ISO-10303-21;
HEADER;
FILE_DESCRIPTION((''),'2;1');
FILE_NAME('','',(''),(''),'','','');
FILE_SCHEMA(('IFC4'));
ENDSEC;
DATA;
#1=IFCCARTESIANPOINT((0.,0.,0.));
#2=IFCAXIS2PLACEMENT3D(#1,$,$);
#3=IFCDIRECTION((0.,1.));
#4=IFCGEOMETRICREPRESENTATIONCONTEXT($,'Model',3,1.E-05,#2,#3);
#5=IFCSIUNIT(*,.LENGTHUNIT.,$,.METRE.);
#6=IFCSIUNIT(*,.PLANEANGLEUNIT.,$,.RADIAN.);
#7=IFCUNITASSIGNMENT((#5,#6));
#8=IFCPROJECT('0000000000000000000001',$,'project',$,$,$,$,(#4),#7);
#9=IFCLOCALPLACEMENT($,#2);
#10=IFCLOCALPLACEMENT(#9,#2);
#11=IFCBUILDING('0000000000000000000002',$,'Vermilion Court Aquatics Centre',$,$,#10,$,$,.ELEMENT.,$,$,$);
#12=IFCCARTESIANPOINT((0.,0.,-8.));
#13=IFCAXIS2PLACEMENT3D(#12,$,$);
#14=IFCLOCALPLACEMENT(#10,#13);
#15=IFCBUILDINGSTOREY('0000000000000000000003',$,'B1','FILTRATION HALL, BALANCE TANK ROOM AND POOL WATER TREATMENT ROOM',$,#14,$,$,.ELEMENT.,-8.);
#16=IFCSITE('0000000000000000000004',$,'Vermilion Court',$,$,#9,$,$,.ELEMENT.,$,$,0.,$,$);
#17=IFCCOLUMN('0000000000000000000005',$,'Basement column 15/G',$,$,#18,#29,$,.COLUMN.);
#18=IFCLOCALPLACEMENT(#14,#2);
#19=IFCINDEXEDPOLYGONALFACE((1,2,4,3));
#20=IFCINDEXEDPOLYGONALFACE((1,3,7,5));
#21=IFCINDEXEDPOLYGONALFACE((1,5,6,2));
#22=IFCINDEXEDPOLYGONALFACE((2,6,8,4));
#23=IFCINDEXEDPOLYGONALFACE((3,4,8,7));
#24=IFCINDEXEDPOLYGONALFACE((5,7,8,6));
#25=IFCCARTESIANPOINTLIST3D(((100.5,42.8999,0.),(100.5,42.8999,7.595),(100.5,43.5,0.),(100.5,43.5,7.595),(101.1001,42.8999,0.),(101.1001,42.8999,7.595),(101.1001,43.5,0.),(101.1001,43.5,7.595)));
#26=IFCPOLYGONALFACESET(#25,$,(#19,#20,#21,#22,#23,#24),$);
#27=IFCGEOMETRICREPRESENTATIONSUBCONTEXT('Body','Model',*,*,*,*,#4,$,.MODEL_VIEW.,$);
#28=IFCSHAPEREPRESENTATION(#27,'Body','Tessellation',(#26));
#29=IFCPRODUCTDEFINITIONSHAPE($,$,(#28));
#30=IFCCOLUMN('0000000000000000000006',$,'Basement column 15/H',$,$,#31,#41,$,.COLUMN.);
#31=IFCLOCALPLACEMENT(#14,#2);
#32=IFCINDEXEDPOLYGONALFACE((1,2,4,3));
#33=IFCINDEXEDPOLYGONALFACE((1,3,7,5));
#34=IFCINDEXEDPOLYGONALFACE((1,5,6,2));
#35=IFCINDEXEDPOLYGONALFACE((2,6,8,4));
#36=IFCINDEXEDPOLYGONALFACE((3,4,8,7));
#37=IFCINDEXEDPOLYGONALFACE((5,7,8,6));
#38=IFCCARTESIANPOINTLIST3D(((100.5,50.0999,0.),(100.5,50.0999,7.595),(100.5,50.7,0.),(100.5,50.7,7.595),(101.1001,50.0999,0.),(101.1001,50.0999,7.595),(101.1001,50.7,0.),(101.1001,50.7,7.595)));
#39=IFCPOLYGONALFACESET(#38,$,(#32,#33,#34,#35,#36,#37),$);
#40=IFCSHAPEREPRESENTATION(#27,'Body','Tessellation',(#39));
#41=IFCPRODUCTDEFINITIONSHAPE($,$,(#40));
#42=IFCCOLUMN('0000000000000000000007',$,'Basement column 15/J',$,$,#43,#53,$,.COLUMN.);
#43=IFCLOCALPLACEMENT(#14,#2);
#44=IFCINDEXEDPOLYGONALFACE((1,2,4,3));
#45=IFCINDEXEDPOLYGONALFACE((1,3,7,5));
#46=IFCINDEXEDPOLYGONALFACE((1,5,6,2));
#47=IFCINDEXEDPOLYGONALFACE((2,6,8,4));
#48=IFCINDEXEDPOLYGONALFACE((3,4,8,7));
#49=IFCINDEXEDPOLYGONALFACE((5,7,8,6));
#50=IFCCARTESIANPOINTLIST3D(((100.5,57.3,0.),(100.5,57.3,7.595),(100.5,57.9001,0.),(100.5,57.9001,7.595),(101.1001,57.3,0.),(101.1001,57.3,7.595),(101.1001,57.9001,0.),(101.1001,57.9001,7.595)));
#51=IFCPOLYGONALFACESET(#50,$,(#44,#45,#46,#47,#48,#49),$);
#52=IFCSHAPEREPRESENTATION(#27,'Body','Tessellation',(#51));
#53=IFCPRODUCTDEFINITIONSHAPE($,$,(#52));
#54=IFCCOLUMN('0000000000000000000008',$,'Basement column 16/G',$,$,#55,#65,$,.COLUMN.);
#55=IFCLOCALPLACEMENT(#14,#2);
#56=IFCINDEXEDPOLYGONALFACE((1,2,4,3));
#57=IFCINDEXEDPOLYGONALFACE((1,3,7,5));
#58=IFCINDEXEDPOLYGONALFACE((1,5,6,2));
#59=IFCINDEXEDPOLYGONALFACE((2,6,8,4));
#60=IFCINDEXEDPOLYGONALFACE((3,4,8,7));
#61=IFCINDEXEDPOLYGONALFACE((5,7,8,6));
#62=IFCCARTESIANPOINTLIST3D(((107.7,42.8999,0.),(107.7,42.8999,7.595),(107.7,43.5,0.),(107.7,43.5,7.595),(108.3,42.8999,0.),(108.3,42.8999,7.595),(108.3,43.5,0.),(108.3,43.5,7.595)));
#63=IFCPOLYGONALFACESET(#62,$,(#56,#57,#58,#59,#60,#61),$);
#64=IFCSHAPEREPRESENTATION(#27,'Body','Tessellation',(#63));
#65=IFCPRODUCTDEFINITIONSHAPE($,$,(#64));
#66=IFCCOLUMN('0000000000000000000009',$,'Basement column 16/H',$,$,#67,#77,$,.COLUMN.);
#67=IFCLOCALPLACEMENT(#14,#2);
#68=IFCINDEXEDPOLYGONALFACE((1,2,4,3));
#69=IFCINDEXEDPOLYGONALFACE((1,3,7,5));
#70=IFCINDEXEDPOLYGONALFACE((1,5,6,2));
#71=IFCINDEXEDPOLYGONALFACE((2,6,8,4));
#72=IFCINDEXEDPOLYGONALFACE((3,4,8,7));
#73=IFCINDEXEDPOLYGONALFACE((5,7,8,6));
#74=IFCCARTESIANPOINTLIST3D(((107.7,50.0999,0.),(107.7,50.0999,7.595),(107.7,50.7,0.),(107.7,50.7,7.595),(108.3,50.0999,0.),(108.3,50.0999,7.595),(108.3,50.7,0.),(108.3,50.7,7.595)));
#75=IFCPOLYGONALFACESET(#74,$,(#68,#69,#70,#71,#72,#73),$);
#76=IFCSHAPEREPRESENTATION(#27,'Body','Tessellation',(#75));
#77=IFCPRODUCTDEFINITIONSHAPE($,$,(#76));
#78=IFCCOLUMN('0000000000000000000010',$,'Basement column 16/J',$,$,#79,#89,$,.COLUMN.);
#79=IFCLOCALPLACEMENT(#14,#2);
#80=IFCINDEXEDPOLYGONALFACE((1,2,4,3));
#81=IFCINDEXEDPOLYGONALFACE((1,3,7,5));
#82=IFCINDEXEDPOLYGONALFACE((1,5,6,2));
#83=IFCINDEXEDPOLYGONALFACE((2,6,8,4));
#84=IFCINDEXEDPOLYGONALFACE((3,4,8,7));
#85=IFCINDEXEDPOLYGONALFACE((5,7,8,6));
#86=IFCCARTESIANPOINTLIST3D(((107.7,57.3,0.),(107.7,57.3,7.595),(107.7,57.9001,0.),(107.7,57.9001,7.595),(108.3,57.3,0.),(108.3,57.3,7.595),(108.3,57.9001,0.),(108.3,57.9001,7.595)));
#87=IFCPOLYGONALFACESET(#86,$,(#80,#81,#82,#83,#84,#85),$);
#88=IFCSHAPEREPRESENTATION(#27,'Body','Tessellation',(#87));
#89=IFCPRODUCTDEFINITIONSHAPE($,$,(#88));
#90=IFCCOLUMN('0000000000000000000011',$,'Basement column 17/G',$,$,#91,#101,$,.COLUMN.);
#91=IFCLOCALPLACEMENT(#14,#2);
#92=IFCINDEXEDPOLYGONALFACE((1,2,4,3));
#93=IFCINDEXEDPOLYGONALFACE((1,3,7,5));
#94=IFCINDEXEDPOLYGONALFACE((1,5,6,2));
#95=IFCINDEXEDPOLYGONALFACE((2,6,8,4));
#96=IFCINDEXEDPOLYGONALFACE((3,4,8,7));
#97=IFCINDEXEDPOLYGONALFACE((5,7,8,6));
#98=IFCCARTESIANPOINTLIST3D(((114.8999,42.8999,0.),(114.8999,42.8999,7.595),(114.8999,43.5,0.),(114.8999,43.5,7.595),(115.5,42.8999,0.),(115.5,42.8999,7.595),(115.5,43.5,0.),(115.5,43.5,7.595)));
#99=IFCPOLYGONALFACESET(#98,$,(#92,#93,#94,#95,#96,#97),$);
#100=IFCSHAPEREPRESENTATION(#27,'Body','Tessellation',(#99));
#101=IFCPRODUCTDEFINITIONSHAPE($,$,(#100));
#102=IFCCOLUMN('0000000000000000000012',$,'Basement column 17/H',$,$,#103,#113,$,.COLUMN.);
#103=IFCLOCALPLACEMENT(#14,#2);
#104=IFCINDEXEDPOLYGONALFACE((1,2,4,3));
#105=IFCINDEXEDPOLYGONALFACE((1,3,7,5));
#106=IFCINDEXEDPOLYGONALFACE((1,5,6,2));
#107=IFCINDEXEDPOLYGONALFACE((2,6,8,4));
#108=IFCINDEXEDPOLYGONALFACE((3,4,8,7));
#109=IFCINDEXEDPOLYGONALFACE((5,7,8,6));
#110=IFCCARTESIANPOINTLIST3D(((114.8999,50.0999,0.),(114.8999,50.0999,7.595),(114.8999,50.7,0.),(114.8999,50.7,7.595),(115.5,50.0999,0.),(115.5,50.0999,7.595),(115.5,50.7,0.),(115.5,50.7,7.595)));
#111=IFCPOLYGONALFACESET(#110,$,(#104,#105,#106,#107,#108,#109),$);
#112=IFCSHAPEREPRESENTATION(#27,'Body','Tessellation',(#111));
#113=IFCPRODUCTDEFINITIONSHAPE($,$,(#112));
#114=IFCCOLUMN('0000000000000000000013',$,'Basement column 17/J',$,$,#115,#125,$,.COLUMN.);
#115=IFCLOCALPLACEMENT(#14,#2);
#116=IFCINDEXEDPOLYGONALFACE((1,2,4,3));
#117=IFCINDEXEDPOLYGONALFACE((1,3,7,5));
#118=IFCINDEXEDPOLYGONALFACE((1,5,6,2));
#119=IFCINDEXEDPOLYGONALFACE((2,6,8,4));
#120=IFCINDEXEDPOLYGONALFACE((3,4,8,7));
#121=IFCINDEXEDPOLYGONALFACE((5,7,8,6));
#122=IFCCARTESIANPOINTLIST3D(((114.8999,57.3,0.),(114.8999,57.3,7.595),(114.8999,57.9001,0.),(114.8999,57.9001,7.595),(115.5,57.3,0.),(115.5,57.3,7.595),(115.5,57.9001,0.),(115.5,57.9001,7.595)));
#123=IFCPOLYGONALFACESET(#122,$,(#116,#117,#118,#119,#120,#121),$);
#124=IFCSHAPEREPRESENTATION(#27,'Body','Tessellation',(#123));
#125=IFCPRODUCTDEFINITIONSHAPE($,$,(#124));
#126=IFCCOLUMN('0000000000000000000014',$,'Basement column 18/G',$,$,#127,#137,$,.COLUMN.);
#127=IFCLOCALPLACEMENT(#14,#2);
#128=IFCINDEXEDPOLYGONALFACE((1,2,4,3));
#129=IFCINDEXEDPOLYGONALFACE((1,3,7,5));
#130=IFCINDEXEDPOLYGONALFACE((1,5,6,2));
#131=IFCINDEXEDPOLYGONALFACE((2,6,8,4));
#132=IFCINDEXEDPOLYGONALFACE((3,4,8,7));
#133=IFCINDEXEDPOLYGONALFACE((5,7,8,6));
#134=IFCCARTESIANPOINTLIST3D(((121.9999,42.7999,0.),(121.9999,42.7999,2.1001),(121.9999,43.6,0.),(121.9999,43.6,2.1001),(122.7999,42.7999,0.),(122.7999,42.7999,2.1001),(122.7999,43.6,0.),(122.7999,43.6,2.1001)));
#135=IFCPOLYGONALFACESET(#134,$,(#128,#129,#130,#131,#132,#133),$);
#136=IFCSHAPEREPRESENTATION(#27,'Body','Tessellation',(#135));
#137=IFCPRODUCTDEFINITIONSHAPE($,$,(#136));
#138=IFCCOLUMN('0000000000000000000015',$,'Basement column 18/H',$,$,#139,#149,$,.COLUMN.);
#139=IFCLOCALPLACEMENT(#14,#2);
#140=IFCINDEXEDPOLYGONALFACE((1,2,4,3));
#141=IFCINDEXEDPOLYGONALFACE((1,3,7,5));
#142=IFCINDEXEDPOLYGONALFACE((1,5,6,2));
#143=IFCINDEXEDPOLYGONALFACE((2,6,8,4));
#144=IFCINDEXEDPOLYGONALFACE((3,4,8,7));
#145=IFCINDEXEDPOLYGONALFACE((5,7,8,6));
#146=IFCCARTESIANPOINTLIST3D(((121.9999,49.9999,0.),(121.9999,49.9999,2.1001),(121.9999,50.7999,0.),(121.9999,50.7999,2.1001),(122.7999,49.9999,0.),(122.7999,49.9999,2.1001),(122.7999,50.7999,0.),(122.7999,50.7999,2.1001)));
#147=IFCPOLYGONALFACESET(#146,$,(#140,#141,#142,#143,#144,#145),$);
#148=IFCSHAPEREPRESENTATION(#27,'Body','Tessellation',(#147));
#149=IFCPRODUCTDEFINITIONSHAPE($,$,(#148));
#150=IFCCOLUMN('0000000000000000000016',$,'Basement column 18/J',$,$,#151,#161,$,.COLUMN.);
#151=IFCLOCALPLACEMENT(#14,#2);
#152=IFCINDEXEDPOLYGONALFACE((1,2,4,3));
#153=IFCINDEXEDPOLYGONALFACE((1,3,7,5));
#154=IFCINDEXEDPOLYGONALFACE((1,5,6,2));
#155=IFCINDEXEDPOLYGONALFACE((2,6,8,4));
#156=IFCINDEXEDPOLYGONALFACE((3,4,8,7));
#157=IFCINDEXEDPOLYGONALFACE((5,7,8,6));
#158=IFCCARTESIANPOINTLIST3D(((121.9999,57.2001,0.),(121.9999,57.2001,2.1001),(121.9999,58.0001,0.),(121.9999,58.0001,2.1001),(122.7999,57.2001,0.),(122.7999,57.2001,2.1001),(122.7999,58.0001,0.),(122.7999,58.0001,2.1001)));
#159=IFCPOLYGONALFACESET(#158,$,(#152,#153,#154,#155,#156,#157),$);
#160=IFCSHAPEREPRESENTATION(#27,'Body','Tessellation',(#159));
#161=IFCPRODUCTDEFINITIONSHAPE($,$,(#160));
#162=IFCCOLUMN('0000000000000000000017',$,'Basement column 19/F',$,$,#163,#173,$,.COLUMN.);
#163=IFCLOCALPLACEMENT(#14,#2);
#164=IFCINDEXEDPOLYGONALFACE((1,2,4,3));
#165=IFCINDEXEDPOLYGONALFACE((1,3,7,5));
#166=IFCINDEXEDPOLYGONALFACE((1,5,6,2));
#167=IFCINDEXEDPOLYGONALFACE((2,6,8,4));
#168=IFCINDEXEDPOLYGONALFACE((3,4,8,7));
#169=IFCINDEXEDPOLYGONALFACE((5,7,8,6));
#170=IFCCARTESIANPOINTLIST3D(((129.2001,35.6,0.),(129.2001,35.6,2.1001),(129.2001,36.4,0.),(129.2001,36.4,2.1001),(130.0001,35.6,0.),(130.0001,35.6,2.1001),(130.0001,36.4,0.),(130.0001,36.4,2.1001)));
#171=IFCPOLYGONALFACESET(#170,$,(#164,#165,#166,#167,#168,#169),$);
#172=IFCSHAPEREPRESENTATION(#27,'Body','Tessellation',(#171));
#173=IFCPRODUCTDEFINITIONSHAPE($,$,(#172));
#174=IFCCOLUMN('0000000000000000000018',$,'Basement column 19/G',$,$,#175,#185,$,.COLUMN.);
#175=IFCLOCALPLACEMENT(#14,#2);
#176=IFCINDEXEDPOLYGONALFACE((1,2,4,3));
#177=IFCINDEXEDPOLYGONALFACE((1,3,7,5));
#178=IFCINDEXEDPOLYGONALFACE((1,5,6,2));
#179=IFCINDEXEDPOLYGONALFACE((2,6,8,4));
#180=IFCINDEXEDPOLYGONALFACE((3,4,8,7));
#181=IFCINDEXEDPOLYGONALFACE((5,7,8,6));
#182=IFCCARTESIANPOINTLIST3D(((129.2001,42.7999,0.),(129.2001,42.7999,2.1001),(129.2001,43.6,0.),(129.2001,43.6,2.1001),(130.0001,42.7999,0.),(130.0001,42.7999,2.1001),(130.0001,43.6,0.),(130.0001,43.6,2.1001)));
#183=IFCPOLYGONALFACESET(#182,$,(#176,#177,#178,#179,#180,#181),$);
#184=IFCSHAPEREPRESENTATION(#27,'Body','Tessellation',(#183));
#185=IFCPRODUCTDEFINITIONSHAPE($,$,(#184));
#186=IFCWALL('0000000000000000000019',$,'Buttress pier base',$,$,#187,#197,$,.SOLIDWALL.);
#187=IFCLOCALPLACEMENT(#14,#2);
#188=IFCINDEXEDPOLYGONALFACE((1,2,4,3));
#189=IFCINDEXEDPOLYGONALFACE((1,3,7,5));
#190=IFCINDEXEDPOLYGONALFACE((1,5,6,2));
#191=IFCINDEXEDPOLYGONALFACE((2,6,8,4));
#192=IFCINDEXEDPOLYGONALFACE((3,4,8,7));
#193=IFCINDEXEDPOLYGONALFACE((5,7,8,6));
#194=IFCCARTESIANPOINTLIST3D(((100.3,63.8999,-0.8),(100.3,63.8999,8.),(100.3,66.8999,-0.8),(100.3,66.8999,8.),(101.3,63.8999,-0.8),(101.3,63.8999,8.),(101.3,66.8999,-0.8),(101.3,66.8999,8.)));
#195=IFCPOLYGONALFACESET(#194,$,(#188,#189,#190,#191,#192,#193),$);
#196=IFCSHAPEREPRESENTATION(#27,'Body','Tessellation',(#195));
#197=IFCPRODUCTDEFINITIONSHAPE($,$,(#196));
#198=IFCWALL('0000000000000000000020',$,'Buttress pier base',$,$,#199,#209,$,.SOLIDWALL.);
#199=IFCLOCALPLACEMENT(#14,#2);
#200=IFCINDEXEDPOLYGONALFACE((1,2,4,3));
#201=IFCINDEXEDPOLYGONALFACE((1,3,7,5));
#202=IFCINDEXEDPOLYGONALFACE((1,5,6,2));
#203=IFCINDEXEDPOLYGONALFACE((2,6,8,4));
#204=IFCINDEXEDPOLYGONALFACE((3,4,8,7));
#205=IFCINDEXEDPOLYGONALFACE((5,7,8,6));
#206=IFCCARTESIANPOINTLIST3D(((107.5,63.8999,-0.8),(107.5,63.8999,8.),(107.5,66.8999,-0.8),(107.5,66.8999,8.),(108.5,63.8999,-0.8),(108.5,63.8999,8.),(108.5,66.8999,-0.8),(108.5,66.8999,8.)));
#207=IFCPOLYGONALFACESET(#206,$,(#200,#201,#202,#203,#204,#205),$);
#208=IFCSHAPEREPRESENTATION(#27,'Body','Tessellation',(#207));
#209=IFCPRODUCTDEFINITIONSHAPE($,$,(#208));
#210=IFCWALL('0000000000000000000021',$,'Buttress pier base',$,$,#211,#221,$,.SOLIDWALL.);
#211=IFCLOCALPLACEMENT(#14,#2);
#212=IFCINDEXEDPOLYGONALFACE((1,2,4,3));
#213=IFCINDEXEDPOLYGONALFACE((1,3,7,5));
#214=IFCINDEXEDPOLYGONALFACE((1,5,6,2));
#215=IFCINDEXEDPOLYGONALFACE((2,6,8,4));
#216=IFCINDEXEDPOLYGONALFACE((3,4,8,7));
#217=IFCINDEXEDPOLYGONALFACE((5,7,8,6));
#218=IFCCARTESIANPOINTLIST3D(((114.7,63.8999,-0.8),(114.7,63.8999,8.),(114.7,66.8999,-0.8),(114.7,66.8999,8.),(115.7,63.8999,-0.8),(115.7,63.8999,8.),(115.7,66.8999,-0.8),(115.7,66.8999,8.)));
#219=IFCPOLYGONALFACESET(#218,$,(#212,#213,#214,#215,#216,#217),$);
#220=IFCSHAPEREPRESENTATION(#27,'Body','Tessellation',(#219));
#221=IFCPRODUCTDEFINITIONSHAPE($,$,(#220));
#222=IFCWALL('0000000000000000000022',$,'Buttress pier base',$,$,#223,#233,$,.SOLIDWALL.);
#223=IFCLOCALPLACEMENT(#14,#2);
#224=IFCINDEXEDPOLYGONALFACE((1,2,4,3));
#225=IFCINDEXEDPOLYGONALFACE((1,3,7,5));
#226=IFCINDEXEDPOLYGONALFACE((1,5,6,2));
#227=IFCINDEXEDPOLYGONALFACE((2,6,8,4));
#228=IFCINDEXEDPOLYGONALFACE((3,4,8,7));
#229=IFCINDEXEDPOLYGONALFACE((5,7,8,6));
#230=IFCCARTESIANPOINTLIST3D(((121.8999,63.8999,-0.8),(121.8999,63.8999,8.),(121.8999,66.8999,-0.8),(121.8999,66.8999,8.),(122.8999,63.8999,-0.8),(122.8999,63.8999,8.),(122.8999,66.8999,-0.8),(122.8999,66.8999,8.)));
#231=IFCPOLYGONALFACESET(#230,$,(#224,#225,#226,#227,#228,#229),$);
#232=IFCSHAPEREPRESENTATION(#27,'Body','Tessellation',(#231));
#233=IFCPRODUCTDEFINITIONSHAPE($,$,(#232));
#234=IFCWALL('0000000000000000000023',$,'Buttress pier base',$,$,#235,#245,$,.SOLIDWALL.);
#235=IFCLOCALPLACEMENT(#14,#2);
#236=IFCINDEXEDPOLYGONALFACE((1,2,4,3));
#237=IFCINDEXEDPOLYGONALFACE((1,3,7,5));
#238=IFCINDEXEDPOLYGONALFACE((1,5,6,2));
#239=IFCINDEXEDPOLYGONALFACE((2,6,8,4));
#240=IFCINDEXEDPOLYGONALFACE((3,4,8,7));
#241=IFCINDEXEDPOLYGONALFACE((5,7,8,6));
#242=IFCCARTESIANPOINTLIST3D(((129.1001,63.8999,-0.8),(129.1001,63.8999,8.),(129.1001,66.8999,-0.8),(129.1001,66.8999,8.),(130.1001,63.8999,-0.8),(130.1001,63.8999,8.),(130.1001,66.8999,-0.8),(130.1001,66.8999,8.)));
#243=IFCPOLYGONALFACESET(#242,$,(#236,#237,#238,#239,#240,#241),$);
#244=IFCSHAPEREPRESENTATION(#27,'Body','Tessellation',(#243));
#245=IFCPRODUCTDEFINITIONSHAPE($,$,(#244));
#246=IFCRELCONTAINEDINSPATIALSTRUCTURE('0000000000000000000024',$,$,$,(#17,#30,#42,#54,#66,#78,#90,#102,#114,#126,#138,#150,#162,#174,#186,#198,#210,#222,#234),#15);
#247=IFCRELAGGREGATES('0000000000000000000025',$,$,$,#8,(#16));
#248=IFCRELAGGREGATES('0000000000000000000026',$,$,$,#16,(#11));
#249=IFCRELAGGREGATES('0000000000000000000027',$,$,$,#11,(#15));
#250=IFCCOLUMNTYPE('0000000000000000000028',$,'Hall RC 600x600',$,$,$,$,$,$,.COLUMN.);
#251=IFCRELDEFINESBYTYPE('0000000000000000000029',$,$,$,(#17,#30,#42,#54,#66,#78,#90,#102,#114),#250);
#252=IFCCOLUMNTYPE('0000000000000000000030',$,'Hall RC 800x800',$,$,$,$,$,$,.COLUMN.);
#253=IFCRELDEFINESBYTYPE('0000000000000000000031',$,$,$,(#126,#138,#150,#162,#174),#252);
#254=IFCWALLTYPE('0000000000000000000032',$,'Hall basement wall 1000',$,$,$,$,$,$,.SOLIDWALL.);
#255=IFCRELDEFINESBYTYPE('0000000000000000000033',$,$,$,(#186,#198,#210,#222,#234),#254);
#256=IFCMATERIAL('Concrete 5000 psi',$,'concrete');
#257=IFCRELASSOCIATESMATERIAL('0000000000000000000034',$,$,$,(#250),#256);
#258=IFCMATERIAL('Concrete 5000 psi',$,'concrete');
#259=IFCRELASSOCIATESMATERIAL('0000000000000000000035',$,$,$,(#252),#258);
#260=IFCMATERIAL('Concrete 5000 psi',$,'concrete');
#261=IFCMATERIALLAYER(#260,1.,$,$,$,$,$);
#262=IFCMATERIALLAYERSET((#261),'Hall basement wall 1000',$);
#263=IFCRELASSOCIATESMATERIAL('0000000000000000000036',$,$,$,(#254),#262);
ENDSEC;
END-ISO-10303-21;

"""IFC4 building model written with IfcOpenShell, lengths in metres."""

from ifc_helpers import new_model, si_unit, direction, frame, frame_2d, origin, origin_2d, place, context, subcontext, project, spatial, rectangle, extrude, material, layer, layer_set, material_profile, profile_set, type_object, element, save


model = new_model("IFC4")

# Units and contexts
model_context = context("Model", 3, precision=1e-05, world=origin(), true_north=direction((0.0, 1.0)))
body_context = subcontext(model_context, "Body", "Model", "MODEL_VIEW")
ifc_project = project(units=[si_unit("LENGTHUNIT", "METRE"), si_unit("PLANEANGLEUNIT", "RADIAN")], contexts=[model_context])

# Site, building, storey
site_placement = place(None, origin())
site = spatial("IfcSite", under=ifc_project, at=site_placement, Name="Vermilion Court", CompositionType="ELEMENT", RefElevation=0.0)
building_placement = place(site_placement, origin())
building = spatial("IfcBuilding", under=site, at=building_placement, Name="Vermilion Court Aquatics Centre", CompositionType="ELEMENT")
storey_placement = place(building_placement, frame((0.0, 0.0, -8.0)))
storey = spatial("IfcBuildingStorey", under=building, at=storey_placement, Name="B1", Description="FILTRATION HALL, BALANCE TANK ROOM AND POOL WATER TREATMENT ROOM", CompositionType="ELEMENT", Elevation=-8.0)

# Columns
ifc_material_1 = material(Name="Concrete 5000 psi", Category="concrete")
ifc_material_profile_1 = material_profile(ifc_material_1, rectangle(XDim=0.6001, YDim=0.6001, at=origin_2d()), Name="RC 600x600")
ifc_profile_set_1 = profile_set([ifc_material_profile_1], Name="Concrete 5000 psi")
column_type_1 = type_object("IfcColumnType", Name="Hall RC 600x600", PredefinedType="COLUMN", material=ifc_profile_set_1)
for number, where, z_axis, x_axis, name in (
    (1, (100.8, 43.2, 0.0), (0.0, 0.0, 1.0), (1.0, 0.0, 0.0), "Basement column 15/G"),
    (2, (100.8, 50.3999, 0.0), (0.0, 0.0, 1.0), (1.0, 0.0, 0.0), "Basement column 15/H"),
    (3, (100.8, 57.6001, 0.0), (0.0, 0.0, 1.0), (1.0, 0.0, 0.0), "Basement column 15/J"),
    (4, (108.0, 43.2, 0.0), (0.0, 0.0, 1.0), (1.0, 0.0, 0.0), "Basement column 16/G"),
    (5, (108.0, 50.3999, 0.0), (0.0, 0.0, 1.0), (1.0, 0.0, 0.0), "Basement column 16/H"),
    (6, (108.0, 57.6001, 0.0), (0.0, 0.0, 1.0), (1.0, 0.0, 0.0), "Basement column 16/J"),
    (7, (115.2, 43.2, 0.0), (0.0, 0.0, 1.0), (1.0, 0.0, 0.0), "Basement column 17/G"),
    (8, (115.2, 50.3999, 0.0), (0.0, 0.0, 1.0), (1.0, 0.0, 0.0), "Basement column 17/H"),
    (9, (115.2, 57.6001, 0.0), (0.0, 0.0, 1.0), (1.0, 0.0, 0.0), "Basement column 17/J"),
):
    element("IfcColumn", number, at=place(storey_placement, frame(where, z_axis=z_axis, x_axis=x_axis)), inside=storey, type_object=column_type_1, Name=name, PredefinedType="COLUMN", context=body_context, shape_type="SweptSolid", body=[
        extrude(rectangle(XDim=0.6001, YDim=0.6001, at=origin_2d()), origin(), (0.0, 0.0, 1.0), 7.595),
    ])
ifc_material_2 = material(Name="Concrete 5000 psi", Category="concrete")
ifc_material_profile_2 = material_profile(ifc_material_2, rectangle(XDim=0.8, YDim=0.8, at=origin_2d()), Name="RC 800x800")
ifc_profile_set_2 = profile_set([ifc_material_profile_2], Name="Concrete 5000 psi")
column_type_2 = type_object("IfcColumnType", Name="Hall RC 800x800", PredefinedType="COLUMN", material=ifc_profile_set_2)
for number, where, z_axis, x_axis, name in (
    (10, (122.3999, 43.2, 0.0), (0.0, 0.0, 1.0), (1.0, 0.0, 0.0), "Basement column 18/G"),
    (11, (122.3999, 50.3999, 0.0), (0.0, 0.0, 1.0), (1.0, 0.0, 0.0), "Basement column 18/H"),
    (12, (122.3999, 57.6001, 0.0), (0.0, 0.0, 1.0), (1.0, 0.0, 0.0), "Basement column 18/J"),
    (13, (129.6001, 36.0, 0.0), (0.0, 0.0, 1.0), (1.0, 0.0, 0.0), "Basement column 19/F"),
    (14, (129.6001, 43.2, 0.0), (0.0, 0.0, 1.0), (1.0, 0.0, 0.0), "Basement column 19/G"),
):
    element("IfcColumn", number, at=place(storey_placement, frame(where, z_axis=z_axis, x_axis=x_axis)), inside=storey, type_object=column_type_2, Name=name, PredefinedType="COLUMN", context=body_context, shape_type="SweptSolid", body=[
        extrude(rectangle(XDim=0.8, YDim=0.8, at=origin_2d()), origin(), (0.0, 0.0, 1.0), 2.1001),
    ])

# Walls
ifc_material_3 = material(Name="Concrete 5000 psi", Category="concrete")
ifc_layer_1 = layer(ifc_material_3, 1.0)
ifc_layer_set_1 = layer_set([ifc_layer_1], Name="Hall basement wall 1000")
wall_type_1 = type_object("IfcWallType", Name="Hall basement wall 1000", PredefinedType="SOLIDWALL", material=ifc_layer_set_1)
for number, where, z_axis, x_axis, name in (
    (15, (100.8, 63.8999, -0.8), (0.0, 0.0, 1.0), (0.0, 1.0, 0.0), "Buttress pier base"),
    (16, (108.0, 63.8999, -0.8), (0.0, 0.0, 1.0), (0.0, 1.0, 0.0), "Buttress pier base"),
    (17, (115.2, 63.8999, -0.8), (0.0, 0.0, 1.0), (0.0, 1.0, 0.0), "Buttress pier base"),
    (18, (122.3999, 63.8999, -0.8), (0.0, 0.0, 1.0), (0.0, 1.0, 0.0), "Buttress pier base"),
    (19, (129.6001, 63.8999, -0.8), (0.0, 0.0, 1.0), (0.0, 1.0, 0.0), "Buttress pier base"),
):
    element("IfcWall", number, at=place(storey_placement, frame(where, z_axis=z_axis, x_axis=x_axis)), inside=storey, type_object=wall_type_1, Name=name, PredefinedType="SOLIDWALL", context=body_context, shape_type="SweptSolid", body=[
        extrude(rectangle(XDim=3.0, YDim=1.0, at=frame_2d((1.5, 0.0))), origin(), (0.0, 0.0, 1.0), 8.8),
    ])

save(model, "model.ifc")
